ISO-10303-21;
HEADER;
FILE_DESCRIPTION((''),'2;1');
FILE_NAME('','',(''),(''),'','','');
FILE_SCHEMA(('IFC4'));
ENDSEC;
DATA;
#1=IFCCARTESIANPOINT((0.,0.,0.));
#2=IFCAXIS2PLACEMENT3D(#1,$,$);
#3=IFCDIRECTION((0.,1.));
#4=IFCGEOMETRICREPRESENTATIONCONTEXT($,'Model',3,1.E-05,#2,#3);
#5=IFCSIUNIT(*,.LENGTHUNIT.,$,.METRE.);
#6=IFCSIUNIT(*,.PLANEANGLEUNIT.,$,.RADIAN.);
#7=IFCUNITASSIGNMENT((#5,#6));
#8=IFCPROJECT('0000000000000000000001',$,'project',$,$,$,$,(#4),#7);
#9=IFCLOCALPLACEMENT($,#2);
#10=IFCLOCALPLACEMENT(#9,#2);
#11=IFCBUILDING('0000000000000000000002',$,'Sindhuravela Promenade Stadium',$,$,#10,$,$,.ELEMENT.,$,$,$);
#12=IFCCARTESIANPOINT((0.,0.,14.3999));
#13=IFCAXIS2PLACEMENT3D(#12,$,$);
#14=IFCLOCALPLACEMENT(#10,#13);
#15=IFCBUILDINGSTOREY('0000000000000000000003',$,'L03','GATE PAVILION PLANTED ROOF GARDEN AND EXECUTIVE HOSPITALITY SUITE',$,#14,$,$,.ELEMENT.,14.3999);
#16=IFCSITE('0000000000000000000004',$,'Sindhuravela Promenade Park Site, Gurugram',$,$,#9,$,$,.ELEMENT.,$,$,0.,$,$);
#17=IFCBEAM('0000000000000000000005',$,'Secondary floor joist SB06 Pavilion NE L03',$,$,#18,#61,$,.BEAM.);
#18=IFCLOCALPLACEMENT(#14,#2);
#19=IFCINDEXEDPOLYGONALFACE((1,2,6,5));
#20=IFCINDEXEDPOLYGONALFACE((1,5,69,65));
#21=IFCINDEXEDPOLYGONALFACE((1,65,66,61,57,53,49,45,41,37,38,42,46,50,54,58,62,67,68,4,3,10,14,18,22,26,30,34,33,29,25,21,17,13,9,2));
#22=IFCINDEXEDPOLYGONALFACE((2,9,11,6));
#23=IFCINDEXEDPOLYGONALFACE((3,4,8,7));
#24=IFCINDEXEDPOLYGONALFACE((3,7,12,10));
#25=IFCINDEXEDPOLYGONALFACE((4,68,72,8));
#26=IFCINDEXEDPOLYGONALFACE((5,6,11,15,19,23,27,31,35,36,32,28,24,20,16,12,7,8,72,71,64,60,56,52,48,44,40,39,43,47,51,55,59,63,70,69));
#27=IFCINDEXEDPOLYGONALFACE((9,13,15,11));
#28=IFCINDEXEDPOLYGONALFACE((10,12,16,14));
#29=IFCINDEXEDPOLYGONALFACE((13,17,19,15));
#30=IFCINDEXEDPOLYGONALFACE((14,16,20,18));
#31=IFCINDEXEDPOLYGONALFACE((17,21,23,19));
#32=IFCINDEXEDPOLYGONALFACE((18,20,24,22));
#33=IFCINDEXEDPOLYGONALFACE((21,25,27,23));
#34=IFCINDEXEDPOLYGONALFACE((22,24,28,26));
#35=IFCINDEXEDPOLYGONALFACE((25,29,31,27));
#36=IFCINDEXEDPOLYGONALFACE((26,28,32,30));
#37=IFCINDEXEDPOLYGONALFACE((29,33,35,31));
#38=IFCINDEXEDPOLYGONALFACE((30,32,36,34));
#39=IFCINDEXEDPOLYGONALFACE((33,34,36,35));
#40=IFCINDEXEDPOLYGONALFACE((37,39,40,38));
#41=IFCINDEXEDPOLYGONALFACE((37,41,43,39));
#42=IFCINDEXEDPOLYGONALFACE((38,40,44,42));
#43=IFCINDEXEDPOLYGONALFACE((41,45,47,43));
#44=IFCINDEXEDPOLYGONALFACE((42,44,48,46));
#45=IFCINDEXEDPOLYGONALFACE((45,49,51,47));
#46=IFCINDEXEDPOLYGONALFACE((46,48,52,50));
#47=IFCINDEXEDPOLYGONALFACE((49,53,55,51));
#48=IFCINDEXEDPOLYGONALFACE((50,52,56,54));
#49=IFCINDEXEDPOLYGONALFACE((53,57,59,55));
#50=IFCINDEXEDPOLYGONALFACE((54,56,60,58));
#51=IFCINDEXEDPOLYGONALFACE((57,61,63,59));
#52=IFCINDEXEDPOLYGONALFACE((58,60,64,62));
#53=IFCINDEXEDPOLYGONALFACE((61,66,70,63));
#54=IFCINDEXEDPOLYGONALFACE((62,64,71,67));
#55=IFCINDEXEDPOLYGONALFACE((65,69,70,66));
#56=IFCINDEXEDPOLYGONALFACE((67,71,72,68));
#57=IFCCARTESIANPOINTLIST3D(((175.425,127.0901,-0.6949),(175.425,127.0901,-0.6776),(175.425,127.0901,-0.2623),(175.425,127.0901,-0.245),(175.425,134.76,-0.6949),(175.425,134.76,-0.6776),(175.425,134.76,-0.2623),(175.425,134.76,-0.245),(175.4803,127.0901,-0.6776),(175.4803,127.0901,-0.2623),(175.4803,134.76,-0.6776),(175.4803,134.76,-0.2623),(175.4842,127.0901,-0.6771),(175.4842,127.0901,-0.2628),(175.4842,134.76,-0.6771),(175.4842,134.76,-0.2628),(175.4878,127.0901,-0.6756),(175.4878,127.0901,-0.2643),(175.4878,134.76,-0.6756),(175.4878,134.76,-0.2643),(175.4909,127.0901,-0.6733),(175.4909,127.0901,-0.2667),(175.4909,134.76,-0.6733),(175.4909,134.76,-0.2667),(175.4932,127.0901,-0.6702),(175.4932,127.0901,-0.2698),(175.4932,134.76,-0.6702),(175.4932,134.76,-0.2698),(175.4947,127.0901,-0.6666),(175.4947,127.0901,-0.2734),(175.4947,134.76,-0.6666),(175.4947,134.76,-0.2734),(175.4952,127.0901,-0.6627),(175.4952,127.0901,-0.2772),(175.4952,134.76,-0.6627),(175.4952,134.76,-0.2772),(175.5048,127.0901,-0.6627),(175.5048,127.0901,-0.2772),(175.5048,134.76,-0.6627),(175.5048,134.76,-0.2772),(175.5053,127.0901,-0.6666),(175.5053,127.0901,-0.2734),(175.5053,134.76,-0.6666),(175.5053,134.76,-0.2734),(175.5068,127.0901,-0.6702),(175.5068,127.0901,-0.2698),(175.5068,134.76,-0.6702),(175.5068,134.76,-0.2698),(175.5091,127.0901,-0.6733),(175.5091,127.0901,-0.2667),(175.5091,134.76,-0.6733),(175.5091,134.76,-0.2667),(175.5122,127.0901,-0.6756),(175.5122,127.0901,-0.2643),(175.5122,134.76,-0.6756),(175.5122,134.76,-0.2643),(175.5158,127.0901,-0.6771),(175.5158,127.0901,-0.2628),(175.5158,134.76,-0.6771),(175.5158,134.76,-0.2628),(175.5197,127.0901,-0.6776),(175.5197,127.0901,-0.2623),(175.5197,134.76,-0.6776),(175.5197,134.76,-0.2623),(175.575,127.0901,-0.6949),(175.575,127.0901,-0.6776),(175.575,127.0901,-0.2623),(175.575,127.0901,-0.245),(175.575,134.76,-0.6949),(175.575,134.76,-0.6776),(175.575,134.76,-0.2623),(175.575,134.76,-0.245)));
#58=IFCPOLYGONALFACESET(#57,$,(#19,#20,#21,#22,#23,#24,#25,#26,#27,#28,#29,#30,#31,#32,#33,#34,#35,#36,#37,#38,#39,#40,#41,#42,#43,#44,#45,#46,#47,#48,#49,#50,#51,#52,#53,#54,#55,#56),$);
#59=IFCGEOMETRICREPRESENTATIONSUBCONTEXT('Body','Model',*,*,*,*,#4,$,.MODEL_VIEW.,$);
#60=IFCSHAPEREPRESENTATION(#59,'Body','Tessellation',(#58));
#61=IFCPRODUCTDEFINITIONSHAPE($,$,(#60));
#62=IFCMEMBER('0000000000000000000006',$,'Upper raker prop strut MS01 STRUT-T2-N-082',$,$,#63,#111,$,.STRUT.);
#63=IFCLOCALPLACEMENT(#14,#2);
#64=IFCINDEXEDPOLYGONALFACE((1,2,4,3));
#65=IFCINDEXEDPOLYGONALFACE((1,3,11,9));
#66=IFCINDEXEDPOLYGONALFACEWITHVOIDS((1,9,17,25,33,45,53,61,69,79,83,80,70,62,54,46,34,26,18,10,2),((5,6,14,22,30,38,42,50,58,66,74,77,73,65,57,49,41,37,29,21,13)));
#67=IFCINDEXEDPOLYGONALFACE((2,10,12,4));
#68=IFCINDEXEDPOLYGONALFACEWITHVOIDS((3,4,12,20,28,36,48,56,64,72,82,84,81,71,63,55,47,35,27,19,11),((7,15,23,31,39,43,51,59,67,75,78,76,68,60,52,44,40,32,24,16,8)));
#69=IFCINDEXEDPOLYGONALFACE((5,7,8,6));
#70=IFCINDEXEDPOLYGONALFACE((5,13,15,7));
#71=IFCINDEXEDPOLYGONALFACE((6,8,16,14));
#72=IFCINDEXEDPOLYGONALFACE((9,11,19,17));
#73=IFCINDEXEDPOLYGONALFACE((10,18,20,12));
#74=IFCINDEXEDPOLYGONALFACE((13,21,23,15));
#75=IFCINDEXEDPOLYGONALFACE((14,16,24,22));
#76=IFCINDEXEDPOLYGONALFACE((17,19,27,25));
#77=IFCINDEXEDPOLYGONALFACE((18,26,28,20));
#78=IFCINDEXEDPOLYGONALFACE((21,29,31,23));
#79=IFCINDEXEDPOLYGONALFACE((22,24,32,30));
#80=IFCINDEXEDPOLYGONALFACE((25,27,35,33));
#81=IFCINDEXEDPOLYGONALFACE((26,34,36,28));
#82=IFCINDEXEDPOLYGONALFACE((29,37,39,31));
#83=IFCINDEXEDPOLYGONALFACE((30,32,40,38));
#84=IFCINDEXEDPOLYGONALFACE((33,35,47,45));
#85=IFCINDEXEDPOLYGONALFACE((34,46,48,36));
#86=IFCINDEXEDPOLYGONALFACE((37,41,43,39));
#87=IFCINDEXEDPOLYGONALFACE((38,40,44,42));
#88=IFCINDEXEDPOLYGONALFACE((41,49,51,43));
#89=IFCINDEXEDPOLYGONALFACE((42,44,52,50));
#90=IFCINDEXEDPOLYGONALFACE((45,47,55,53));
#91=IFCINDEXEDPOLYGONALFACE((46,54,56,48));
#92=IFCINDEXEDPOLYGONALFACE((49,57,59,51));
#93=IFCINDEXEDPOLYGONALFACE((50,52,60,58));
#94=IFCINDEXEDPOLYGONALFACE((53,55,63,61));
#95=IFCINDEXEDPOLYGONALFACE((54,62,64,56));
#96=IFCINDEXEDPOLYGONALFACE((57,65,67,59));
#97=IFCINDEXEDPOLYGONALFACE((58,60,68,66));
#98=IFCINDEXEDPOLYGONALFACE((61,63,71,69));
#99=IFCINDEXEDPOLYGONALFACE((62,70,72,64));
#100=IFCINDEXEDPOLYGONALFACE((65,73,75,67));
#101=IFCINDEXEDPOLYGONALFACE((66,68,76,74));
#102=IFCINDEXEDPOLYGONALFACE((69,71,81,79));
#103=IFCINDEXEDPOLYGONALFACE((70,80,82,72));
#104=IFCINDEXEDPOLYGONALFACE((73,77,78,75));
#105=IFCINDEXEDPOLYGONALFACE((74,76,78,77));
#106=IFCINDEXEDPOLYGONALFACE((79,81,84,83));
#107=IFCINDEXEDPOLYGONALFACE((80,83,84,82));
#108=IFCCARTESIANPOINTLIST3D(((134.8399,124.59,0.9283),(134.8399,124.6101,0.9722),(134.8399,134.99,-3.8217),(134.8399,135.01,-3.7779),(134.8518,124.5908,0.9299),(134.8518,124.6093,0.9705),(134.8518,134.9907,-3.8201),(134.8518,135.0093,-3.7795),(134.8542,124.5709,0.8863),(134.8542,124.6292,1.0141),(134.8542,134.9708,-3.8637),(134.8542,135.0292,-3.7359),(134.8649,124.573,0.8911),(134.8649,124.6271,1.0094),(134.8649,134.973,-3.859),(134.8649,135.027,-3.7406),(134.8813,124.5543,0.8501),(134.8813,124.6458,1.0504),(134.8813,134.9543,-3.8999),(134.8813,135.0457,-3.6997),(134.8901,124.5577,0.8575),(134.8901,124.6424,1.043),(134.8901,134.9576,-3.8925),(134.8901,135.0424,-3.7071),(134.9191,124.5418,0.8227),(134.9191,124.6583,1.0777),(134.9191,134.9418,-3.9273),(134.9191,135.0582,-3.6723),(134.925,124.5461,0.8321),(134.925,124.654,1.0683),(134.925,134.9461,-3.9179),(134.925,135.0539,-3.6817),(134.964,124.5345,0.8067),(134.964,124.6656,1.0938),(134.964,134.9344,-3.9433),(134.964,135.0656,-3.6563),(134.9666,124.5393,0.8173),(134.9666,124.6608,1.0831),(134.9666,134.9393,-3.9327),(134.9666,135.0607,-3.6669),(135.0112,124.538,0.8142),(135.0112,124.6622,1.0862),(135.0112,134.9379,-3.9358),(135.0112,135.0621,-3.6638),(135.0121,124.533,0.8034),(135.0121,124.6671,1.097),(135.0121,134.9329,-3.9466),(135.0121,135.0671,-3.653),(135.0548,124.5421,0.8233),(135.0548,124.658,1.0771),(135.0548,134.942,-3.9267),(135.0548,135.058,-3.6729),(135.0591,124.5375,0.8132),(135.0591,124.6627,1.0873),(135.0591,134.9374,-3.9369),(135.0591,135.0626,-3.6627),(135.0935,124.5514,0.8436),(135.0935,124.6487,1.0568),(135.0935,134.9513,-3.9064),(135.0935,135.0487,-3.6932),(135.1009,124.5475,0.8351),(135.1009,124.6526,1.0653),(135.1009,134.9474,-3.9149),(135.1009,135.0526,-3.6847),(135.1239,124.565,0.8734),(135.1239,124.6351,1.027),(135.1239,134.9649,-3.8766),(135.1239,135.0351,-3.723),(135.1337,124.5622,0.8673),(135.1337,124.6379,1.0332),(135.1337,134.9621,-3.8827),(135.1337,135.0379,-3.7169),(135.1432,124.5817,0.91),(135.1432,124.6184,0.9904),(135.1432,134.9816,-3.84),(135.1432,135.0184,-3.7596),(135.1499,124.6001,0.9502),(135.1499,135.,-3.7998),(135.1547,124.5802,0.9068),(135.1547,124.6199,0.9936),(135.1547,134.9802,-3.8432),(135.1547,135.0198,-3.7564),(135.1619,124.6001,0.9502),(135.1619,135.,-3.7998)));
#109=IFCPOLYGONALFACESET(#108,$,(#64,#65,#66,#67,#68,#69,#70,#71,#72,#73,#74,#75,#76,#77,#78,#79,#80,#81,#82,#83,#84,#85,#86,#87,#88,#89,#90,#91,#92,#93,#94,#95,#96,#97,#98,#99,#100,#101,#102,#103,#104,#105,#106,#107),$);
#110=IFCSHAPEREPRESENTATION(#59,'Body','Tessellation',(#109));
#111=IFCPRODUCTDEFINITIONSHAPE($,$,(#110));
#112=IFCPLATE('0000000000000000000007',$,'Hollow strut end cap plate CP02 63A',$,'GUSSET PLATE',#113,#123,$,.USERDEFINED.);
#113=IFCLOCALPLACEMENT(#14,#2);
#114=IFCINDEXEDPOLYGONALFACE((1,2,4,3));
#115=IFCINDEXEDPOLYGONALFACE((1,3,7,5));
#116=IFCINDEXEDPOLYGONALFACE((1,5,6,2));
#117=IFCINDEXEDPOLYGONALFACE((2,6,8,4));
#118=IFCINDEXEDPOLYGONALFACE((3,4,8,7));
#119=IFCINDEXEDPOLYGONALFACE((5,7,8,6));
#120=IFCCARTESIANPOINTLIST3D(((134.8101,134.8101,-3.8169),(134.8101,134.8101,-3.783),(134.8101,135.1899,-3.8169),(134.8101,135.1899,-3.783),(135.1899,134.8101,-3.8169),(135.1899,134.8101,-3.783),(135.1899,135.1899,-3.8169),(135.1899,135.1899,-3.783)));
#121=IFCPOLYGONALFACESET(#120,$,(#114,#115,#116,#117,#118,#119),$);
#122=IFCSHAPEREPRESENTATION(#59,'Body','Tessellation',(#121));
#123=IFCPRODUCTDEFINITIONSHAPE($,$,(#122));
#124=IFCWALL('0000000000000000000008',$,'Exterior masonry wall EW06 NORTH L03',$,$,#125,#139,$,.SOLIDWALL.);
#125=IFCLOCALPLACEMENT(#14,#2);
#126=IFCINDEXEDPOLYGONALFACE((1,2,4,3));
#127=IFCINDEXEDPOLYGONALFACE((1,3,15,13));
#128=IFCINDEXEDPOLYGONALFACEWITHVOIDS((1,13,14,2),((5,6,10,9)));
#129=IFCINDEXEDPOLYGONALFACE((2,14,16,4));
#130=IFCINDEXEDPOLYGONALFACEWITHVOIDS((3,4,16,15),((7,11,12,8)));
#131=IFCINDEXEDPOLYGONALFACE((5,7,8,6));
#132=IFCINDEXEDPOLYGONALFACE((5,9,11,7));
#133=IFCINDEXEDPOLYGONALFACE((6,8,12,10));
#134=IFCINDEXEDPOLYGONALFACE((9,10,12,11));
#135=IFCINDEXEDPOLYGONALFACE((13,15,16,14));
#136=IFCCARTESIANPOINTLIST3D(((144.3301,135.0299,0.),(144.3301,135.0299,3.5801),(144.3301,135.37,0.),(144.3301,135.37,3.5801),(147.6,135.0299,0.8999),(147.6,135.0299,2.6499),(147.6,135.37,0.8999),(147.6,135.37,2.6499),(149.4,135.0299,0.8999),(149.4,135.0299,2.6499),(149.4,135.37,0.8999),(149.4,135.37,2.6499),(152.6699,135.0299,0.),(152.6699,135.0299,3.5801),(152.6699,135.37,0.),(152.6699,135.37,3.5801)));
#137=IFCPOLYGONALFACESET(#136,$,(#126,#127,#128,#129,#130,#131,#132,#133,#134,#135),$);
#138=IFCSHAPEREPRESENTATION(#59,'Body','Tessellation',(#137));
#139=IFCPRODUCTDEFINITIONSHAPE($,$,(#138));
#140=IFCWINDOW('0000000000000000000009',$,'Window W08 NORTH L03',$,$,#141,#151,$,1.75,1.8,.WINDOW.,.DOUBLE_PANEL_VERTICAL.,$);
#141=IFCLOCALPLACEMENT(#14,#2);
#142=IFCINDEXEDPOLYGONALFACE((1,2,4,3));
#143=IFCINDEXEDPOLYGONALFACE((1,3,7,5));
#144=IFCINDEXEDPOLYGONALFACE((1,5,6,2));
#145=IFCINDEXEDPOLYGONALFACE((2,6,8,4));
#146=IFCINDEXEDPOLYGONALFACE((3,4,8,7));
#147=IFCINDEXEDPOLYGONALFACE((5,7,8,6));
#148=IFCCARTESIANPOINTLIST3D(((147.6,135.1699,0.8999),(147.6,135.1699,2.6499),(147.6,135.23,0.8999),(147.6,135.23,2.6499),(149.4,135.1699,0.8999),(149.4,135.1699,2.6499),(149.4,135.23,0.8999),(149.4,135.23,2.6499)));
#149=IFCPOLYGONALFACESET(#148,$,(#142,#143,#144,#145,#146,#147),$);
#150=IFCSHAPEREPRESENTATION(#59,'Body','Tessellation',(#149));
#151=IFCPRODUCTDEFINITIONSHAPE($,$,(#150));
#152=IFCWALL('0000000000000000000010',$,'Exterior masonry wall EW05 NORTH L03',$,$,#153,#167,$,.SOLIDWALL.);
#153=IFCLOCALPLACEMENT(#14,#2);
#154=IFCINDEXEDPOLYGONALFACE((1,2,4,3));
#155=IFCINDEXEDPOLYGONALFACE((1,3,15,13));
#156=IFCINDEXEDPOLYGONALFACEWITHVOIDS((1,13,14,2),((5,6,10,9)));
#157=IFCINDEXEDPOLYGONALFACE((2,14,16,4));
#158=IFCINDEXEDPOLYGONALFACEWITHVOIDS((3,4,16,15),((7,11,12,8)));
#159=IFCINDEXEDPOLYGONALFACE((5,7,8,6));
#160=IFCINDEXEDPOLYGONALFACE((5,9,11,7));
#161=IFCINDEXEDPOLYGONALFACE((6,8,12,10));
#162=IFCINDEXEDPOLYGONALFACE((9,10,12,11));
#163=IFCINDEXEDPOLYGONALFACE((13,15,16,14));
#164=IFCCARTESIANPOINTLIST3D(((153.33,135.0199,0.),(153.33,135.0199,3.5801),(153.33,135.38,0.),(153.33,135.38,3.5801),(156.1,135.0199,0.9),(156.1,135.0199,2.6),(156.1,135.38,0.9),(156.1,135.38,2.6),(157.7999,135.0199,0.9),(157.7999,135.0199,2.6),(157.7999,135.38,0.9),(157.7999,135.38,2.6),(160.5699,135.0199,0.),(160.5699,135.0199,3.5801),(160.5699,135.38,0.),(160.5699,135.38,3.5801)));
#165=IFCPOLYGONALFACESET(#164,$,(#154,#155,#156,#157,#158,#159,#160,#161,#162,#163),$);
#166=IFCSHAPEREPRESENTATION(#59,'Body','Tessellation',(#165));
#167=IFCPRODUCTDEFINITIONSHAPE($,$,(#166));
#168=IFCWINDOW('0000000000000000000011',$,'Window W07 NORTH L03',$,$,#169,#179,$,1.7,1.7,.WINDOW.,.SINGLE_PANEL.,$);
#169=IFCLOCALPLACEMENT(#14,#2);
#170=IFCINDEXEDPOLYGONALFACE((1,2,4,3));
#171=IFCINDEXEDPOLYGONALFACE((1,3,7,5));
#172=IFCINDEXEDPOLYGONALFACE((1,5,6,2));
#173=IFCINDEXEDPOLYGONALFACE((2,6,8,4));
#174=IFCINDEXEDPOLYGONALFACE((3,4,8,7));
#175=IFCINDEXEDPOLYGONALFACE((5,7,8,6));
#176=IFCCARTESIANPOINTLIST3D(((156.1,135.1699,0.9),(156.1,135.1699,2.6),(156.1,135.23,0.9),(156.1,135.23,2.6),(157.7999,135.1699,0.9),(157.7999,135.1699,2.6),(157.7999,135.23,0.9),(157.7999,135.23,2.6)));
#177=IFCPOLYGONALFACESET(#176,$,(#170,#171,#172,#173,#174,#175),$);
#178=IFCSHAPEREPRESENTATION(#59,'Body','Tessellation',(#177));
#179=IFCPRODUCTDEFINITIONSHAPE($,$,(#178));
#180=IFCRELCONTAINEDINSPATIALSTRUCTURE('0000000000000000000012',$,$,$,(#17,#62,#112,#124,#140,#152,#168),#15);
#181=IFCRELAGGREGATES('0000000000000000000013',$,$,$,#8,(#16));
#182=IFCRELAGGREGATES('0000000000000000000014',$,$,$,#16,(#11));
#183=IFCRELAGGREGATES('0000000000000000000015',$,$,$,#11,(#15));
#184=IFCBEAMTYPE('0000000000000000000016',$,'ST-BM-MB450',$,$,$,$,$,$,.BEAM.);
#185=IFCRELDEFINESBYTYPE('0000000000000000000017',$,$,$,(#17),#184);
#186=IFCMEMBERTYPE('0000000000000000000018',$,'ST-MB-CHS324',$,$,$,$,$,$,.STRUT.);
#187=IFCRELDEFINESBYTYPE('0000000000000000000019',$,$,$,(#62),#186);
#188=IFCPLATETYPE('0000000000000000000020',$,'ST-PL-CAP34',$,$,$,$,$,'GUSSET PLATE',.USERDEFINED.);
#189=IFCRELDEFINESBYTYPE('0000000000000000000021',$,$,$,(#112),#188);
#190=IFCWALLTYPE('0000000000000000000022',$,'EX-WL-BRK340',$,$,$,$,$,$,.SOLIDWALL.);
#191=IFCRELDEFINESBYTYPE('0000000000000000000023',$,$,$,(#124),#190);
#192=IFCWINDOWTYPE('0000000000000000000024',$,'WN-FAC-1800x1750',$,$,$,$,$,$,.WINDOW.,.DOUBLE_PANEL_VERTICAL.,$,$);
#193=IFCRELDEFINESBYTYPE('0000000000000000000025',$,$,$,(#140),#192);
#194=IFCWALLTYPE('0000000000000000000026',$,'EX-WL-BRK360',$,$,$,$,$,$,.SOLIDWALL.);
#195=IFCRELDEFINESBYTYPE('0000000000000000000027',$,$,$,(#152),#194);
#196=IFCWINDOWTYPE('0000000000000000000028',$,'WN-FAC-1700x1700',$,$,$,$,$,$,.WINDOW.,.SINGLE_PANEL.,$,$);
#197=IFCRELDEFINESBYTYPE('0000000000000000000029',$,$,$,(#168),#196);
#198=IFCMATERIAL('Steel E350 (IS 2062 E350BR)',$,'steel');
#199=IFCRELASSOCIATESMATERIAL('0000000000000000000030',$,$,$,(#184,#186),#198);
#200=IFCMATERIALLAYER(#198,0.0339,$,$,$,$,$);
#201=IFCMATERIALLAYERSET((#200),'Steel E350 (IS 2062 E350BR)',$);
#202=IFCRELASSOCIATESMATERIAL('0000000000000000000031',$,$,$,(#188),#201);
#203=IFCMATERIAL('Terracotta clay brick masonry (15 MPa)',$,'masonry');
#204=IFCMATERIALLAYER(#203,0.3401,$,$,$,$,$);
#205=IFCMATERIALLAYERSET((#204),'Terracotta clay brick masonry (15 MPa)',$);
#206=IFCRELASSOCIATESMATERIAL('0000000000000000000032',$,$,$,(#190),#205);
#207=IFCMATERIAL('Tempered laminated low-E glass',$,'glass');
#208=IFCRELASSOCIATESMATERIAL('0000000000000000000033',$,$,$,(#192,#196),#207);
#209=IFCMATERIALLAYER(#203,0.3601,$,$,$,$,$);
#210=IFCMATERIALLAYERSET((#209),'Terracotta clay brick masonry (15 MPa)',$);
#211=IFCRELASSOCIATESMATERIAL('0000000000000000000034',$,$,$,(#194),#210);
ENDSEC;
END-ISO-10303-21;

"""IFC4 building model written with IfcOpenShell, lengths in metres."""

from ifc_helpers import new_model, si_unit, direction, frame, frame_2d, origin, origin_2d, place, context, subcontext, project, spatial, rectangle, hollow_circle, i_section, extrude, material, layer, layer_set, material_profile, profile_set, type_object, element, fill, save


model = new_model("IFC4")

# Units and contexts
model_context = context("Model", 3, precision=1e-05, world=origin(), true_north=direction((0.0, 1.0)))
body_context = subcontext(model_context, "Body", "Model", "MODEL_VIEW")
ifc_project = project(units=[si_unit("LENGTHUNIT", "METRE"), si_unit("PLANEANGLEUNIT", "RADIAN")], contexts=[model_context])

# Site, building, storey
site_placement = place(None, origin())
site = spatial("IfcSite", under=ifc_project, at=site_placement, Name="Sindhuravela Promenade Park Site, Gurugram", CompositionType="ELEMENT", RefElevation=0.0)
building_placement = place(site_placement, origin())
building = spatial("IfcBuilding", under=site, at=building_placement, Name="Sindhuravela Promenade Stadium", CompositionType="ELEMENT")
storey_placement = place(building_placement, frame((0.0, 0.0, 14.3999)))
storey = spatial("IfcBuildingStorey", under=building, at=storey_placement, Name="L03", Description="GATE PAVILION PLANTED ROOF GARDEN AND EXECUTIVE HOSPITALITY SUITE", CompositionType="ELEMENT", Elevation=14.3999)

# Beam
ifc_material_1 = material(Name="Steel E350 (IS 2062 E350BR)", Category="steel")
ifc_material_profile_1 = material_profile(ifc_material_1, i_section(OverallWidth=0.1499, OverallDepth=0.45, WebThickness=0.0095, FlangeThickness=0.0173, FilletRadius=0.0149, at=origin_2d()), Name="ISMB 450")
ifc_profile_set_1 = profile_set([ifc_material_profile_1], Name="Steel E350 (IS 2062 E350BR)")
beam_type_1 = type_object("IfcBeamType", Name="ST-BM-MB450", PredefinedType="BEAM", material=ifc_profile_set_1)
beam_1_placement = place(storey_placement, frame((175.5, 127.0901, -0.47), z_axis=(0.0, 1.0, 0.0), x_axis=(-1.0, 0.0, 0.0)))
element("IfcBeam", 1, at=beam_1_placement, inside=storey, type_object=beam_type_1, Name="Secondary floor joist SB06 Pavilion NE L03", PredefinedType="BEAM", context=body_context, shape_type="SweptSolid", body=[
    extrude(i_section(OverallWidth=0.1499, OverallDepth=0.45, WebThickness=0.0095, FlangeThickness=0.0173, FilletRadius=0.0149, at=origin_2d()), origin(), (0.0, 0.0, 1.0), 7.6699),
])

# Member
ifc_material_profile_2 = material_profile(ifc_material_1, hollow_circle(Radius=0.1619, WallThickness=0.012, at=origin_2d()), Name="CHS 323.9x12")
ifc_profile_set_2 = profile_set([ifc_material_profile_2], Name="Steel E350 (IS 2062 E350BR)")
member_type = type_object("IfcMemberType", Name="ST-MB-CHS324", PredefinedType="STRUT", material=ifc_profile_set_2)
member_placement = place(storey_placement, frame((135.0, 135.0, -3.7998), z_axis=(0.0, -0.909615, 0.415453), x_axis=(1.0, 0.0, 0.0)))
element("IfcMember", 2, at=member_placement, inside=storey, type_object=member_type, Name="Upper raker prop strut MS01 STRUT-T2-N-082", PredefinedType="STRUT", context=body_context, shape_type="SweptSolid", body=[
    extrude(hollow_circle(Radius=0.1619, WallThickness=0.012, at=origin_2d()), origin(), (0.0, 0.0, 1.0), 11.4333),
])

# Plate
ifc_layer_1 = layer(ifc_material_1, 0.0339)
ifc_layer_set_1 = layer_set([ifc_layer_1], Name="Steel E350 (IS 2062 E350BR)")
plate_type = type_object("IfcPlateType", Name="ST-PL-CAP34", ElementType="GUSSET PLATE", PredefinedType="USERDEFINED", material=ifc_layer_set_1)
plate_placement = place(storey_placement, frame((135.0, 135.0, -3.8169), z_axis=(0.0, 0.0, 1.0), x_axis=(1.0, 0.0, 0.0)))
element("IfcPlate", 3, at=plate_placement, inside=storey, type_object=plate_type, Name="Hollow strut end cap plate CP02 63A", ObjectType="GUSSET PLATE", PredefinedType="USERDEFINED", context=body_context, shape_type="SweptSolid", body=[
    extrude(rectangle(XDim=0.3799, YDim=0.3799, at=origin_2d()), origin(), (0.0, 0.0, 1.0), 0.0339),
])

# Walls, openings, windows
ifc_material_2 = material(Name="Terracotta clay brick masonry (15 MPa)", Category="masonry")
ifc_layer_2 = layer(ifc_material_2, 0.3401)
ifc_layer_set_2 = layer_set([ifc_layer_2], Name="Terracotta clay brick masonry (15 MPa)")
wall_type_1 = type_object("IfcWallType", Name="EX-WL-BRK340", PredefinedType="SOLIDWALL", material=ifc_layer_set_2)
wall_1_placement = place(storey_placement, frame((152.6699, 135.2, 0.0), z_axis=(0.0, 0.0, 1.0), x_axis=(-1.0, 0.0, 0.0)))
wall_1 = element("IfcWall", 4, at=wall_1_placement, inside=storey, type_object=wall_type_1, Name="Exterior masonry wall EW06 NORTH L03", PredefinedType="SOLIDWALL", context=body_context, shape_type="SweptSolid", body=[
    extrude(rectangle(XDim=8.3398, YDim=0.3401, at=frame_2d((4.1699, 0.0))), origin(), (0.0, 0.0, 1.0), 3.5801),
])
opening_1_placement = place(wall_1_placement, frame((3.27, 0.0, 0.8999)))
opening_1 = element("IfcOpeningElement", 5, at=opening_1_placement, cuts=wall_1, PredefinedType="OPENING", context=body_context, shape_type="SweptSolid", body=[
    extrude(rectangle(XDim=1.8, YDim=1.75, at=frame_2d((0.8999, 0.875))), frame((0.0, 0.1799, 0.0), z_axis=(0.0, -1.0, 0.0), x_axis=(1.0, 0.0, 0.0)), (0.0, 0.0, 1.0), 0.3601),
])
ifc_material_3 = material(Name="Tempered laminated low-E glass", Category="glass")
window_type_1 = type_object("IfcWindowType", Name="WN-FAC-1800x1750", PartitioningType="DOUBLE_PANEL_VERTICAL", PredefinedType="WINDOW", material=ifc_material_3)
window_1_placement = place(opening_1_placement, origin())
window_1 = element("IfcWindow", 6, at=window_1_placement, inside=storey, type_object=window_type_1, Name="Window W08 NORTH L03", OverallHeight=1.75, OverallWidth=1.8, PartitioningType="DOUBLE_PANEL_VERTICAL", PredefinedType="WINDOW", context=body_context, shape_type="SweptSolid", body=[
    extrude(rectangle(XDim=1.8, YDim=1.75, at=frame_2d((0.8999, 0.875))), frame((0.0, 0.03, 0.0), z_axis=(0.0, -1.0, 0.0), x_axis=(1.0, 0.0, 0.0)), (0.0, 0.0, 1.0), 0.0601),
])
fill(opening_1, window_1)
ifc_layer_3 = layer(ifc_material_2, 0.3601)
ifc_layer_set_3 = layer_set([ifc_layer_3], Name="Terracotta clay brick masonry (15 MPa)")
wall_type_2 = type_object("IfcWallType", Name="EX-WL-BRK360", PredefinedType="SOLIDWALL", material=ifc_layer_set_3)
wall_2_placement = place(storey_placement, frame((160.5701, 135.2, 0.0), z_axis=(0.0, 0.0, 1.0), x_axis=(-1.0, 0.0, 0.0)))
wall_2 = element("IfcWall", 7, at=wall_2_placement, inside=storey, type_object=wall_type_2, Name="Exterior masonry wall EW05 NORTH L03", PredefinedType="SOLIDWALL", context=body_context, shape_type="SweptSolid", body=[
    extrude(rectangle(XDim=7.24, YDim=0.3601, at=frame_2d((3.6201, 0.0))), origin(), (0.0, 0.0, 1.0), 3.5801),
])
opening_2_placement = place(wall_2_placement, frame((2.77, 0.0, 0.8999)))
opening_2 = element("IfcOpeningElement", 8, at=opening_2_placement, cuts=wall_2, PredefinedType="OPENING", context=body_context, shape_type="SweptSolid", body=[
    extrude(rectangle(XDim=1.7, YDim=1.7, at=frame_2d((0.8501, 0.8501))), frame((0.0, 0.1899, 0.0), z_axis=(0.0, -1.0, 0.0), x_axis=(1.0, 0.0, 0.0)), (0.0, 0.0, 1.0), 0.3801),
])
window_type_2 = type_object("IfcWindowType", Name="WN-FAC-1700x1700", PartitioningType="SINGLE_PANEL", PredefinedType="WINDOW", material=ifc_material_3)
window_2_placement = place(opening_2_placement, origin())
window_2 = element("IfcWindow", 9, at=window_2_placement, inside=storey, type_object=window_type_2, Name="Window W07 NORTH L03", OverallHeight=1.7, OverallWidth=1.7, PartitioningType="SINGLE_PANEL", PredefinedType="WINDOW", context=body_context, shape_type="SweptSolid", body=[
    extrude(rectangle(XDim=1.7, YDim=1.7, at=frame_2d((0.8501, 0.8501))), frame((0.0, 0.03, 0.0), z_axis=(0.0, -1.0, 0.0), x_axis=(1.0, 0.0, 0.0)), (0.0, 0.0, 1.0), 0.0601),
])
fill(opening_2, window_2)

save(model, "model.ifc")
